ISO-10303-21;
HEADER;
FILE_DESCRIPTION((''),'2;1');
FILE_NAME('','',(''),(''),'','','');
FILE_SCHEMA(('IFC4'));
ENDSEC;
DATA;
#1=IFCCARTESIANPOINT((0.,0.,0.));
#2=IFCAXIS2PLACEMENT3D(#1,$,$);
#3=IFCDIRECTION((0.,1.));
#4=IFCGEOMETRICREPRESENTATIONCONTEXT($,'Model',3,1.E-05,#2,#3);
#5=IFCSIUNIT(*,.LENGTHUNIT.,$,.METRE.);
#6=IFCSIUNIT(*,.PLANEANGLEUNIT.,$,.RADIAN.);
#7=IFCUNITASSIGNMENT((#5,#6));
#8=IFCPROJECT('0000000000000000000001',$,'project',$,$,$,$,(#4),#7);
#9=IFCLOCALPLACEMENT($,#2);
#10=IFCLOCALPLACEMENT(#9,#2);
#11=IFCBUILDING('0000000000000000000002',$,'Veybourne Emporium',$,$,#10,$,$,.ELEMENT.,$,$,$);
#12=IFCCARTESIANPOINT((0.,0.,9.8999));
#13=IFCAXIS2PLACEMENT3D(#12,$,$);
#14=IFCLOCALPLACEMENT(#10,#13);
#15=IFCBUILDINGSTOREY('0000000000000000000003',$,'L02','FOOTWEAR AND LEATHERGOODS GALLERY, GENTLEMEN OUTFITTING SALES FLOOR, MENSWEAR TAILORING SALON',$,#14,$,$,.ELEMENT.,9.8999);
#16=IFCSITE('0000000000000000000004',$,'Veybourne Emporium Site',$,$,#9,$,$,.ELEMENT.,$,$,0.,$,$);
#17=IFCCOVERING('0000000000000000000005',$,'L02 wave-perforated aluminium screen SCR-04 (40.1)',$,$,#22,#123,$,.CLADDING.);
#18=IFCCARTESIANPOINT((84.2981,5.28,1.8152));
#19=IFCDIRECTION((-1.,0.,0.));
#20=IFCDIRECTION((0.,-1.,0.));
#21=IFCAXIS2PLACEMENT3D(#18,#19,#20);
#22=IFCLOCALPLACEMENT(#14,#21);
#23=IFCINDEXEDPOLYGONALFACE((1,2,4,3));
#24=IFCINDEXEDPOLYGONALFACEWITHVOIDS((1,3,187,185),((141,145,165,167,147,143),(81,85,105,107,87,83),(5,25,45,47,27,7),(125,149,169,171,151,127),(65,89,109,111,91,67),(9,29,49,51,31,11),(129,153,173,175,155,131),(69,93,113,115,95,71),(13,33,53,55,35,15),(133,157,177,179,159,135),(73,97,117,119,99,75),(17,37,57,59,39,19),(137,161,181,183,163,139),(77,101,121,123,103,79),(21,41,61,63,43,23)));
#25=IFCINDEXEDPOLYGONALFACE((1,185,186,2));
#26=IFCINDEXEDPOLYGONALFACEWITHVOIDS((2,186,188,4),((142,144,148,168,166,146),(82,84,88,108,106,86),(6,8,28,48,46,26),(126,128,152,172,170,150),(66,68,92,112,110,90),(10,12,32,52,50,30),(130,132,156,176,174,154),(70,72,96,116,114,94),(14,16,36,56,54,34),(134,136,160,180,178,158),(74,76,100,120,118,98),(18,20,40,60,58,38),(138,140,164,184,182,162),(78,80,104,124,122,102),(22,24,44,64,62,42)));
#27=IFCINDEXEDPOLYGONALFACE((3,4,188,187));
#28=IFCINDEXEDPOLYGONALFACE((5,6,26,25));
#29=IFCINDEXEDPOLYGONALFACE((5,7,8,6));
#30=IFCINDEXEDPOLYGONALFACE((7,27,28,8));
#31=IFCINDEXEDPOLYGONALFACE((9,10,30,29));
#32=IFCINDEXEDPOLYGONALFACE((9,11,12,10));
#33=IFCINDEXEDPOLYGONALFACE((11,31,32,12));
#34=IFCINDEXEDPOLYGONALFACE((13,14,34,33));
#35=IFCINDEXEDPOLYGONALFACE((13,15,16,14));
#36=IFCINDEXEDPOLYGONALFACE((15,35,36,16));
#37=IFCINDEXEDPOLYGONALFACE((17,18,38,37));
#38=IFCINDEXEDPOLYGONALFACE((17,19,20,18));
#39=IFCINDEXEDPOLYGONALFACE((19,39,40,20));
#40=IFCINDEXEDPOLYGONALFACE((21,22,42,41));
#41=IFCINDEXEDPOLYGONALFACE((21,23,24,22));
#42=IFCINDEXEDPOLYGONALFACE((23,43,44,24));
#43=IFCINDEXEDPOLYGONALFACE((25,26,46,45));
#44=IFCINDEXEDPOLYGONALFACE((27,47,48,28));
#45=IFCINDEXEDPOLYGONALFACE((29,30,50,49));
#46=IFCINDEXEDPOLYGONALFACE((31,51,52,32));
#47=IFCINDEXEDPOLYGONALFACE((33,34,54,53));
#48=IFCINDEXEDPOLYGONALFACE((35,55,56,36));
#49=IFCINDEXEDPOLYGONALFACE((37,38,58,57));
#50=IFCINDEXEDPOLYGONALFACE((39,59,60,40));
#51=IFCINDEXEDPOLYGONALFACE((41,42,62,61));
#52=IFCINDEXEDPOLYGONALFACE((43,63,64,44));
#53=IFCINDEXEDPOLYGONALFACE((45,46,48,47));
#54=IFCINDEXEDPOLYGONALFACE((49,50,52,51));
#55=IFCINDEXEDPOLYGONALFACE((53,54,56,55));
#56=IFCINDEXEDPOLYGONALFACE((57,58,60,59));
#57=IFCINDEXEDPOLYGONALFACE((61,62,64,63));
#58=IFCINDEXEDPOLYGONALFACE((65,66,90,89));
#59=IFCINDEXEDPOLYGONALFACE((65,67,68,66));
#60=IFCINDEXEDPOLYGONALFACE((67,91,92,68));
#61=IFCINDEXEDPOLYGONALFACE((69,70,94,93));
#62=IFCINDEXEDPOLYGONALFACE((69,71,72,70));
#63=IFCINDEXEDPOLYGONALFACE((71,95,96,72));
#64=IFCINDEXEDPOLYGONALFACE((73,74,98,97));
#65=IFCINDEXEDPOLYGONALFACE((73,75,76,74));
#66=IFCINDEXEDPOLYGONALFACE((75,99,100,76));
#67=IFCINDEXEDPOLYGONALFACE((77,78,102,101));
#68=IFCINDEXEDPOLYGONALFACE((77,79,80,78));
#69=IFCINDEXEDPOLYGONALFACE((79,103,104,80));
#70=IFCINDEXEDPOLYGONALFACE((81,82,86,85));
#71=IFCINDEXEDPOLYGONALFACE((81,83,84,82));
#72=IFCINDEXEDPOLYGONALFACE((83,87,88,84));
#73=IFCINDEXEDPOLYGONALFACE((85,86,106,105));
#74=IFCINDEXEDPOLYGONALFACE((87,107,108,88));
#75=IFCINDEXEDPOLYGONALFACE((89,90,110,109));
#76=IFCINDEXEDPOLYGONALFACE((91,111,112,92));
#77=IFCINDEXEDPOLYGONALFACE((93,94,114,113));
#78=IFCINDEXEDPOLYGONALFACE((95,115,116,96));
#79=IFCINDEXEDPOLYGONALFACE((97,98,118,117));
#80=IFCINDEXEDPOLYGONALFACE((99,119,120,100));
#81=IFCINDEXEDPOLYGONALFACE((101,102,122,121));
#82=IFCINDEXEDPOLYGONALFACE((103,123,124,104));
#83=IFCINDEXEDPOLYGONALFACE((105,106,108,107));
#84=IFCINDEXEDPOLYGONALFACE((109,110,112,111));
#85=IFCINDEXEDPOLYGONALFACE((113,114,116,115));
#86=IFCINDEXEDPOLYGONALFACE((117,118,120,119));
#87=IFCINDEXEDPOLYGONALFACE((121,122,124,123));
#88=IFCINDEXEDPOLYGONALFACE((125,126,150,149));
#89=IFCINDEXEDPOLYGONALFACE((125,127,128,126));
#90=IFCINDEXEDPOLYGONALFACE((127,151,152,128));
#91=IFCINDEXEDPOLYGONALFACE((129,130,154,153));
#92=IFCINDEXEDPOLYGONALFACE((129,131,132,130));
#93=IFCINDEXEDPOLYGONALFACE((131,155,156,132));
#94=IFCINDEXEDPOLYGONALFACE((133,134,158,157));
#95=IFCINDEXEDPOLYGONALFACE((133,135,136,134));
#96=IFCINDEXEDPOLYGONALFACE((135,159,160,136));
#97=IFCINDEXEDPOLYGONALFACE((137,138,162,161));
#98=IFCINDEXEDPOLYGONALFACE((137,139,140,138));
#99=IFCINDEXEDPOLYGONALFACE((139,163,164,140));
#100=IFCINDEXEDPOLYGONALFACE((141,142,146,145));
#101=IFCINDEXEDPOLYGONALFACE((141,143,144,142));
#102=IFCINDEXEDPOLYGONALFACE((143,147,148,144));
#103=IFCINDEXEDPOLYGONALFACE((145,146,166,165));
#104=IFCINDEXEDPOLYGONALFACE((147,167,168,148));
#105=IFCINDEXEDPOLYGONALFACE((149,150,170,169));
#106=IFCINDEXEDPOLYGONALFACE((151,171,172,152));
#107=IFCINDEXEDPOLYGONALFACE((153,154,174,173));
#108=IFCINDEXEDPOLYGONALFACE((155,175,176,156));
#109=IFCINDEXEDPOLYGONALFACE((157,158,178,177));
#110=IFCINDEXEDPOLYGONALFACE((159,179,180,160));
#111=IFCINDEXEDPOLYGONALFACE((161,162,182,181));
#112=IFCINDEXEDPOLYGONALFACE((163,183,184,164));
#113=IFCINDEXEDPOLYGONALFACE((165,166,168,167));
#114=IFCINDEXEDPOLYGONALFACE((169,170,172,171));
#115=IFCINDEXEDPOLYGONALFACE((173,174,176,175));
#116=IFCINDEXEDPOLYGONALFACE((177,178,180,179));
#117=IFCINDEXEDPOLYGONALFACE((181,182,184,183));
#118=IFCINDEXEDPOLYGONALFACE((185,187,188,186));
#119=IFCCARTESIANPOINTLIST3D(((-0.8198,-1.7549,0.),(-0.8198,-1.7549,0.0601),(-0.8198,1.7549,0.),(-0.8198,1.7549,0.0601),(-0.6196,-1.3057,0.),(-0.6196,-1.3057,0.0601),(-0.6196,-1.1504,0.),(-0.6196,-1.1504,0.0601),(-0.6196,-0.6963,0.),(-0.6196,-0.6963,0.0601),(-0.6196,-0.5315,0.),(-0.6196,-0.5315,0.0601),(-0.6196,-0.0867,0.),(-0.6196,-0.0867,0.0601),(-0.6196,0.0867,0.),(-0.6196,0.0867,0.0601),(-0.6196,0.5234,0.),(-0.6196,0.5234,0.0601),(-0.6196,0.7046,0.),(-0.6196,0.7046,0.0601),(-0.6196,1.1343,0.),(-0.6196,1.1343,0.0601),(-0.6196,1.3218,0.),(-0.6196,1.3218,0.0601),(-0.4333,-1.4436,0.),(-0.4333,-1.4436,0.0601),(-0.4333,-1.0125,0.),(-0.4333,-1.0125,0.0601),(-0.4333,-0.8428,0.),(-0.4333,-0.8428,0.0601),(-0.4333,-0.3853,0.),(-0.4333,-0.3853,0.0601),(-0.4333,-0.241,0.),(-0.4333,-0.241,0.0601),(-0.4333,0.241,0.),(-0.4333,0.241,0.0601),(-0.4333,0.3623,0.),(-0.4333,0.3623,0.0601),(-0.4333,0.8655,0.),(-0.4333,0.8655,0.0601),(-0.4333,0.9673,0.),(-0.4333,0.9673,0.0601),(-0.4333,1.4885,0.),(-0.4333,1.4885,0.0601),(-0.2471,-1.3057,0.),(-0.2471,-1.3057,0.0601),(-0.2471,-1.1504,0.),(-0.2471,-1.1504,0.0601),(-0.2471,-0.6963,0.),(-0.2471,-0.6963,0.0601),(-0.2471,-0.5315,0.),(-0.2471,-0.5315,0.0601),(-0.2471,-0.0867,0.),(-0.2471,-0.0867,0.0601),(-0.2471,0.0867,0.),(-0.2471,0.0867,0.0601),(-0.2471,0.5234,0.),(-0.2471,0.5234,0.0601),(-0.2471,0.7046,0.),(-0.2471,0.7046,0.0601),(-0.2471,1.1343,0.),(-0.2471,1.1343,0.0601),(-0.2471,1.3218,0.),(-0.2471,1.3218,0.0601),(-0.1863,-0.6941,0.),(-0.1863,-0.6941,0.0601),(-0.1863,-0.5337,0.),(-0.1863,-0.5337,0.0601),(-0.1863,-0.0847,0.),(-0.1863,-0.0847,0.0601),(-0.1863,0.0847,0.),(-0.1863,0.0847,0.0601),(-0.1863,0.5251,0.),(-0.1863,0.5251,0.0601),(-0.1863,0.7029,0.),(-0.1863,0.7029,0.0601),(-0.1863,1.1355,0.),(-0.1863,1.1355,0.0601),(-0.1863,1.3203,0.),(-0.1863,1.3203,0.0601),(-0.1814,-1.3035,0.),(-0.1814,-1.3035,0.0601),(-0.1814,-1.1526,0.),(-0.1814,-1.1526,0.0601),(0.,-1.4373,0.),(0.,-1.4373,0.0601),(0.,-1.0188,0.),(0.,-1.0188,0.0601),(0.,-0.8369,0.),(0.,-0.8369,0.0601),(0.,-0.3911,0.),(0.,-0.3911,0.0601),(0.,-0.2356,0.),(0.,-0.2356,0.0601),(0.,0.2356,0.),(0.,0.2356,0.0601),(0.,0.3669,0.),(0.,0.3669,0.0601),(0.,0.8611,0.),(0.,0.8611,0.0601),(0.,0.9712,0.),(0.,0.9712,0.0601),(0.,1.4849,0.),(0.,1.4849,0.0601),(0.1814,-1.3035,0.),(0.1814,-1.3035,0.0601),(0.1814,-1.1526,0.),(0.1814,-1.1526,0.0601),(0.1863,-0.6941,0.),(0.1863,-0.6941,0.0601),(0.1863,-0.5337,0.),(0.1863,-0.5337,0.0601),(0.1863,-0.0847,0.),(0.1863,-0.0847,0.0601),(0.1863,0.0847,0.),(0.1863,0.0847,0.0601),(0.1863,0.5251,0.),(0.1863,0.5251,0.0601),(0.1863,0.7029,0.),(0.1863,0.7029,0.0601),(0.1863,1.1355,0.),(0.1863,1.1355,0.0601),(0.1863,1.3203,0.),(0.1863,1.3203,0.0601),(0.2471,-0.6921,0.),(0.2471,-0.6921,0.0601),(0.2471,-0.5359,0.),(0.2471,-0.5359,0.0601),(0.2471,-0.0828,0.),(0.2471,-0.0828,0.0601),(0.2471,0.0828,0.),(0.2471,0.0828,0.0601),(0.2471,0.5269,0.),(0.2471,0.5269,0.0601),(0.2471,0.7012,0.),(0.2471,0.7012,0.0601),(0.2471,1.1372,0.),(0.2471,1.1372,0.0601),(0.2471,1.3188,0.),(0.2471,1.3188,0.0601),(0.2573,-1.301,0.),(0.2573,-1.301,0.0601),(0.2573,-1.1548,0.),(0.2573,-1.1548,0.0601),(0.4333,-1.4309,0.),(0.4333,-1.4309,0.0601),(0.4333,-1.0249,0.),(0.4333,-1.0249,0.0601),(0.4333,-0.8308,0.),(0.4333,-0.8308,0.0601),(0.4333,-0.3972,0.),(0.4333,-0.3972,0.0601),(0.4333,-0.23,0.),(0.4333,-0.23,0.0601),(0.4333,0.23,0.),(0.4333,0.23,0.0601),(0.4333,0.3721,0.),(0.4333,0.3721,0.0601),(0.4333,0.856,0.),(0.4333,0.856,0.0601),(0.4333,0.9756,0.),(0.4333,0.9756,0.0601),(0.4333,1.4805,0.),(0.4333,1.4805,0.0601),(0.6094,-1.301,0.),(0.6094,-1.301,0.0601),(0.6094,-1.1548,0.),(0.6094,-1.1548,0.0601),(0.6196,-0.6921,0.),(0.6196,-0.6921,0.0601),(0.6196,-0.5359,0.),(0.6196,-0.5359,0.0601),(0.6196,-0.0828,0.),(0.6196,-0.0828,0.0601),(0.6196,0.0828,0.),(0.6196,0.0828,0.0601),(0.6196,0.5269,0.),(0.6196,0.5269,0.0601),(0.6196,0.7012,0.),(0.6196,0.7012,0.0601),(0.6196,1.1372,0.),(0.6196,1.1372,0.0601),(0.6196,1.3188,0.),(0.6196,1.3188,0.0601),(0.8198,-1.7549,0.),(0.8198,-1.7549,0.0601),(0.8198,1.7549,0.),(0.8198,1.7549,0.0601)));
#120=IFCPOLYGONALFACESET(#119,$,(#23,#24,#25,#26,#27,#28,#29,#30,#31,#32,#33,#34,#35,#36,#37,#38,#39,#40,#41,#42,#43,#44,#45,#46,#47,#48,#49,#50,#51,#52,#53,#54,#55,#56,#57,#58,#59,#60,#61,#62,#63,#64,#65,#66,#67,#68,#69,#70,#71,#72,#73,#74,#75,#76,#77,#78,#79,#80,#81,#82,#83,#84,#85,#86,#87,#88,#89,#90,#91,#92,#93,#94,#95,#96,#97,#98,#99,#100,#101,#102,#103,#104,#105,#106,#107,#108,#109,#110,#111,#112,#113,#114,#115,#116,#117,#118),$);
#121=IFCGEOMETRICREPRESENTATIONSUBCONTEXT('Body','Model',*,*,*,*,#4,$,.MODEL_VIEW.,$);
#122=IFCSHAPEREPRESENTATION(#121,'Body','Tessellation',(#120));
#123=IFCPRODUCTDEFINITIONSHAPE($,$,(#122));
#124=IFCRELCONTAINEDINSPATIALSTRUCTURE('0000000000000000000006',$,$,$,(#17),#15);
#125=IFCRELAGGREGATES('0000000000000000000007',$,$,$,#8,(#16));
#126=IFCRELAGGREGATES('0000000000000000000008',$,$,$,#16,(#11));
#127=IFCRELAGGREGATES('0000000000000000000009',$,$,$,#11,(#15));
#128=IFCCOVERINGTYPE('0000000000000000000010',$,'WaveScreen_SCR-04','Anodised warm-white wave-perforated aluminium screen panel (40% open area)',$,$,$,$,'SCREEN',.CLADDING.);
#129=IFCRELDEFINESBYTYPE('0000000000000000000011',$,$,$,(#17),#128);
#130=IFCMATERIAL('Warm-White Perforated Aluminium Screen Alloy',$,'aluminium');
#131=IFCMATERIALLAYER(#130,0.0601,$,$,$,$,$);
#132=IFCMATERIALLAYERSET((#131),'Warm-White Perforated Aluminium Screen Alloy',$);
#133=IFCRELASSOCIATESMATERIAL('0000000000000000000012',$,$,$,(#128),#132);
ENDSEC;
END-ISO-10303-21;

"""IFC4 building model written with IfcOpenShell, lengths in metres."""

from ifc_helpers import new_model, si_unit, direction, frame, origin, place, context, subcontext, project, spatial, polyline, outline, extrude, material, layer, layer_set, type_object, element, save


model = new_model("IFC4")

# Units and contexts
model_context = context("Model", 3, precision=1e-05, world=origin(), true_north=direction((0.0, 1.0)))
body_context = subcontext(model_context, "Body", "Model", "MODEL_VIEW")
ifc_project = project(units=[si_unit("LENGTHUNIT", "METRE"), si_unit("PLANEANGLEUNIT", "RADIAN")], contexts=[model_context])

# Site, building, storey
site_placement = place(None, origin())
site = spatial("IfcSite", under=ifc_project, at=site_placement, Name="Veybourne Emporium Site", CompositionType="ELEMENT", RefElevation=0.0)
building_placement = place(site_placement, origin())
building = spatial("IfcBuilding", under=site, at=building_placement, Name="Veybourne Emporium", CompositionType="ELEMENT")
storey_placement = place(building_placement, frame((0.0, 0.0, 9.8999)))
storey = spatial("IfcBuildingStorey", under=building, at=storey_placement, Name="L02", Description="FOOTWEAR AND LEATHERGOODS GALLERY, GENTLEMEN OUTFITTING SALES FLOOR, MENSWEAR TAILORING SALON", CompositionType="ELEMENT", Elevation=9.8999)

# Covering
ifc_material_1 = material(Name="Warm-White Perforated Aluminium Screen Alloy", Category="aluminium")
ifc_layer_1 = layer(ifc_material_1, 0.0601)
ifc_layer_set_1 = layer_set([ifc_layer_1], Name="Warm-White Perforated Aluminium Screen Alloy")
covering_type_1 = type_object("IfcCoveringType", Name="WaveScreen_SCR-04", Description="Anodised warm-white wave-perforated aluminium screen panel (40% open area)", ElementType="SCREEN", PredefinedType="CLADDING", material=ifc_layer_set_1)
covering_1_placement = place(storey_placement, frame((84.2981, 5.28, 1.8152), z_axis=(-1.0, 0.0, 0.0), x_axis=(0.0, -1.0, 0.0)))
element("IfcCovering", 1, at=covering_1_placement, inside=storey, type_object=covering_type_1, Name="L02 wave-perforated aluminium screen SCR-04 (40.1)", PredefinedType="CLADDING", context=body_context, shape_type="SweptSolid", body=[
    extrude(outline(polyline([(-0.8198, -1.7549), (0.8198, -1.7549), (0.8198, 1.7549), (-0.8198, 1.7549), (-0.8198, -1.7549)]), holes=[polyline([(-0.4333, -1.0125), (-0.2471, -1.1504), (-0.2471, -1.3057), (-0.4333, -1.4436), (-0.6196, -1.3057), (-0.6196, -1.1504), (-0.4333, -1.0125)]), polyline([(-0.4333, -0.3853), (-0.2471, -0.5315), (-0.2471, -0.6963), (-0.4333, -0.8428), (-0.6196, -0.6963), (-0.6196, -0.5315), (-0.4333, -0.3853)]), polyline([(-0.4333, 0.241), (-0.2471, 0.0867), (-0.2471, -0.0867), (-0.4333, -0.241), (-0.6196, -0.0867), (-0.6196, 0.0867), (-0.4333, 0.241)]), polyline([(-0.4333, 0.8655), (-0.2471, 0.7046), (-0.2471, 0.5234), (-0.4333, 0.3623), (-0.6196, 0.5234), (-0.6196, 0.7046), (-0.4333, 0.8655)]), polyline([(-0.4333, 1.4885), (-0.2471, 1.3218), (-0.2471, 1.1343), (-0.4333, 0.9673), (-0.6196, 1.1343), (-0.6196, 1.3218), (-0.4333, 1.4885)]), polyline([(0.0, -1.0188), (0.1814, -1.1526), (0.1814, -1.3035), (0.0, -1.4373), (-0.1814, -1.3035), (-0.1814, -1.1526), (0.0, -1.0188)]), polyline([(0.0, -0.3911), (0.1863, -0.5337), (0.1863, -0.6941), (0.0, -0.8369), (-0.1863, -0.6941), (-0.1863, -0.5337), (0.0, -0.3911)]), polyline([(0.0, 0.2356), (0.1863, 0.0847), (0.1863, -0.0847), (0.0, -0.2356), (-0.1863, -0.0847), (-0.1863, 0.0847), (0.0, 0.2356)]), polyline([(0.0, 0.8611), (0.1863, 0.7029), (0.1863, 0.5251), (0.0, 0.3669), (-0.1863, 0.5251), (-0.1863, 0.7029), (0.0, 0.8611)]), polyline([(0.0, 1.4849), (0.1863, 1.3203), (0.1863, 1.1355), (0.0, 0.9712), (-0.1863, 1.1355), (-0.1863, 1.3203), (0.0, 1.4849)]), polyline([(0.4333, -1.0249), (0.6094, -1.1548), (0.6094, -1.301), (0.4333, -1.4309), (0.2573, -1.301), (0.2573, -1.1548), (0.4333, -1.0249)]), polyline([(0.4333, -0.3972), (0.6196, -0.5359), (0.6196, -0.6921), (0.4333, -0.8308), (0.2471, -0.6921), (0.2471, -0.5359), (0.4333, -0.3972)]), polyline([(0.4333, 0.23), (0.6196, 0.0828), (0.6196, -0.0828), (0.4333, -0.23), (0.2471, -0.0828), (0.2471, 0.0828), (0.4333, 0.23)]), polyline([(0.4333, 0.856), (0.6196, 0.7012), (0.6196, 0.5269), (0.4333, 0.3721), (0.2471, 0.5269), (0.2471, 0.7012), (0.4333, 0.856)]), polyline([(0.4333, 1.4805), (0.6196, 1.3188), (0.6196, 1.1372), (0.4333, 0.9756), (0.2471, 1.1372), (0.2471, 1.3188), (0.4333, 1.4805)])]), origin(), (0.0, 0.0, 1.0), 0.0601),
])

save(model, "model.ifc")
